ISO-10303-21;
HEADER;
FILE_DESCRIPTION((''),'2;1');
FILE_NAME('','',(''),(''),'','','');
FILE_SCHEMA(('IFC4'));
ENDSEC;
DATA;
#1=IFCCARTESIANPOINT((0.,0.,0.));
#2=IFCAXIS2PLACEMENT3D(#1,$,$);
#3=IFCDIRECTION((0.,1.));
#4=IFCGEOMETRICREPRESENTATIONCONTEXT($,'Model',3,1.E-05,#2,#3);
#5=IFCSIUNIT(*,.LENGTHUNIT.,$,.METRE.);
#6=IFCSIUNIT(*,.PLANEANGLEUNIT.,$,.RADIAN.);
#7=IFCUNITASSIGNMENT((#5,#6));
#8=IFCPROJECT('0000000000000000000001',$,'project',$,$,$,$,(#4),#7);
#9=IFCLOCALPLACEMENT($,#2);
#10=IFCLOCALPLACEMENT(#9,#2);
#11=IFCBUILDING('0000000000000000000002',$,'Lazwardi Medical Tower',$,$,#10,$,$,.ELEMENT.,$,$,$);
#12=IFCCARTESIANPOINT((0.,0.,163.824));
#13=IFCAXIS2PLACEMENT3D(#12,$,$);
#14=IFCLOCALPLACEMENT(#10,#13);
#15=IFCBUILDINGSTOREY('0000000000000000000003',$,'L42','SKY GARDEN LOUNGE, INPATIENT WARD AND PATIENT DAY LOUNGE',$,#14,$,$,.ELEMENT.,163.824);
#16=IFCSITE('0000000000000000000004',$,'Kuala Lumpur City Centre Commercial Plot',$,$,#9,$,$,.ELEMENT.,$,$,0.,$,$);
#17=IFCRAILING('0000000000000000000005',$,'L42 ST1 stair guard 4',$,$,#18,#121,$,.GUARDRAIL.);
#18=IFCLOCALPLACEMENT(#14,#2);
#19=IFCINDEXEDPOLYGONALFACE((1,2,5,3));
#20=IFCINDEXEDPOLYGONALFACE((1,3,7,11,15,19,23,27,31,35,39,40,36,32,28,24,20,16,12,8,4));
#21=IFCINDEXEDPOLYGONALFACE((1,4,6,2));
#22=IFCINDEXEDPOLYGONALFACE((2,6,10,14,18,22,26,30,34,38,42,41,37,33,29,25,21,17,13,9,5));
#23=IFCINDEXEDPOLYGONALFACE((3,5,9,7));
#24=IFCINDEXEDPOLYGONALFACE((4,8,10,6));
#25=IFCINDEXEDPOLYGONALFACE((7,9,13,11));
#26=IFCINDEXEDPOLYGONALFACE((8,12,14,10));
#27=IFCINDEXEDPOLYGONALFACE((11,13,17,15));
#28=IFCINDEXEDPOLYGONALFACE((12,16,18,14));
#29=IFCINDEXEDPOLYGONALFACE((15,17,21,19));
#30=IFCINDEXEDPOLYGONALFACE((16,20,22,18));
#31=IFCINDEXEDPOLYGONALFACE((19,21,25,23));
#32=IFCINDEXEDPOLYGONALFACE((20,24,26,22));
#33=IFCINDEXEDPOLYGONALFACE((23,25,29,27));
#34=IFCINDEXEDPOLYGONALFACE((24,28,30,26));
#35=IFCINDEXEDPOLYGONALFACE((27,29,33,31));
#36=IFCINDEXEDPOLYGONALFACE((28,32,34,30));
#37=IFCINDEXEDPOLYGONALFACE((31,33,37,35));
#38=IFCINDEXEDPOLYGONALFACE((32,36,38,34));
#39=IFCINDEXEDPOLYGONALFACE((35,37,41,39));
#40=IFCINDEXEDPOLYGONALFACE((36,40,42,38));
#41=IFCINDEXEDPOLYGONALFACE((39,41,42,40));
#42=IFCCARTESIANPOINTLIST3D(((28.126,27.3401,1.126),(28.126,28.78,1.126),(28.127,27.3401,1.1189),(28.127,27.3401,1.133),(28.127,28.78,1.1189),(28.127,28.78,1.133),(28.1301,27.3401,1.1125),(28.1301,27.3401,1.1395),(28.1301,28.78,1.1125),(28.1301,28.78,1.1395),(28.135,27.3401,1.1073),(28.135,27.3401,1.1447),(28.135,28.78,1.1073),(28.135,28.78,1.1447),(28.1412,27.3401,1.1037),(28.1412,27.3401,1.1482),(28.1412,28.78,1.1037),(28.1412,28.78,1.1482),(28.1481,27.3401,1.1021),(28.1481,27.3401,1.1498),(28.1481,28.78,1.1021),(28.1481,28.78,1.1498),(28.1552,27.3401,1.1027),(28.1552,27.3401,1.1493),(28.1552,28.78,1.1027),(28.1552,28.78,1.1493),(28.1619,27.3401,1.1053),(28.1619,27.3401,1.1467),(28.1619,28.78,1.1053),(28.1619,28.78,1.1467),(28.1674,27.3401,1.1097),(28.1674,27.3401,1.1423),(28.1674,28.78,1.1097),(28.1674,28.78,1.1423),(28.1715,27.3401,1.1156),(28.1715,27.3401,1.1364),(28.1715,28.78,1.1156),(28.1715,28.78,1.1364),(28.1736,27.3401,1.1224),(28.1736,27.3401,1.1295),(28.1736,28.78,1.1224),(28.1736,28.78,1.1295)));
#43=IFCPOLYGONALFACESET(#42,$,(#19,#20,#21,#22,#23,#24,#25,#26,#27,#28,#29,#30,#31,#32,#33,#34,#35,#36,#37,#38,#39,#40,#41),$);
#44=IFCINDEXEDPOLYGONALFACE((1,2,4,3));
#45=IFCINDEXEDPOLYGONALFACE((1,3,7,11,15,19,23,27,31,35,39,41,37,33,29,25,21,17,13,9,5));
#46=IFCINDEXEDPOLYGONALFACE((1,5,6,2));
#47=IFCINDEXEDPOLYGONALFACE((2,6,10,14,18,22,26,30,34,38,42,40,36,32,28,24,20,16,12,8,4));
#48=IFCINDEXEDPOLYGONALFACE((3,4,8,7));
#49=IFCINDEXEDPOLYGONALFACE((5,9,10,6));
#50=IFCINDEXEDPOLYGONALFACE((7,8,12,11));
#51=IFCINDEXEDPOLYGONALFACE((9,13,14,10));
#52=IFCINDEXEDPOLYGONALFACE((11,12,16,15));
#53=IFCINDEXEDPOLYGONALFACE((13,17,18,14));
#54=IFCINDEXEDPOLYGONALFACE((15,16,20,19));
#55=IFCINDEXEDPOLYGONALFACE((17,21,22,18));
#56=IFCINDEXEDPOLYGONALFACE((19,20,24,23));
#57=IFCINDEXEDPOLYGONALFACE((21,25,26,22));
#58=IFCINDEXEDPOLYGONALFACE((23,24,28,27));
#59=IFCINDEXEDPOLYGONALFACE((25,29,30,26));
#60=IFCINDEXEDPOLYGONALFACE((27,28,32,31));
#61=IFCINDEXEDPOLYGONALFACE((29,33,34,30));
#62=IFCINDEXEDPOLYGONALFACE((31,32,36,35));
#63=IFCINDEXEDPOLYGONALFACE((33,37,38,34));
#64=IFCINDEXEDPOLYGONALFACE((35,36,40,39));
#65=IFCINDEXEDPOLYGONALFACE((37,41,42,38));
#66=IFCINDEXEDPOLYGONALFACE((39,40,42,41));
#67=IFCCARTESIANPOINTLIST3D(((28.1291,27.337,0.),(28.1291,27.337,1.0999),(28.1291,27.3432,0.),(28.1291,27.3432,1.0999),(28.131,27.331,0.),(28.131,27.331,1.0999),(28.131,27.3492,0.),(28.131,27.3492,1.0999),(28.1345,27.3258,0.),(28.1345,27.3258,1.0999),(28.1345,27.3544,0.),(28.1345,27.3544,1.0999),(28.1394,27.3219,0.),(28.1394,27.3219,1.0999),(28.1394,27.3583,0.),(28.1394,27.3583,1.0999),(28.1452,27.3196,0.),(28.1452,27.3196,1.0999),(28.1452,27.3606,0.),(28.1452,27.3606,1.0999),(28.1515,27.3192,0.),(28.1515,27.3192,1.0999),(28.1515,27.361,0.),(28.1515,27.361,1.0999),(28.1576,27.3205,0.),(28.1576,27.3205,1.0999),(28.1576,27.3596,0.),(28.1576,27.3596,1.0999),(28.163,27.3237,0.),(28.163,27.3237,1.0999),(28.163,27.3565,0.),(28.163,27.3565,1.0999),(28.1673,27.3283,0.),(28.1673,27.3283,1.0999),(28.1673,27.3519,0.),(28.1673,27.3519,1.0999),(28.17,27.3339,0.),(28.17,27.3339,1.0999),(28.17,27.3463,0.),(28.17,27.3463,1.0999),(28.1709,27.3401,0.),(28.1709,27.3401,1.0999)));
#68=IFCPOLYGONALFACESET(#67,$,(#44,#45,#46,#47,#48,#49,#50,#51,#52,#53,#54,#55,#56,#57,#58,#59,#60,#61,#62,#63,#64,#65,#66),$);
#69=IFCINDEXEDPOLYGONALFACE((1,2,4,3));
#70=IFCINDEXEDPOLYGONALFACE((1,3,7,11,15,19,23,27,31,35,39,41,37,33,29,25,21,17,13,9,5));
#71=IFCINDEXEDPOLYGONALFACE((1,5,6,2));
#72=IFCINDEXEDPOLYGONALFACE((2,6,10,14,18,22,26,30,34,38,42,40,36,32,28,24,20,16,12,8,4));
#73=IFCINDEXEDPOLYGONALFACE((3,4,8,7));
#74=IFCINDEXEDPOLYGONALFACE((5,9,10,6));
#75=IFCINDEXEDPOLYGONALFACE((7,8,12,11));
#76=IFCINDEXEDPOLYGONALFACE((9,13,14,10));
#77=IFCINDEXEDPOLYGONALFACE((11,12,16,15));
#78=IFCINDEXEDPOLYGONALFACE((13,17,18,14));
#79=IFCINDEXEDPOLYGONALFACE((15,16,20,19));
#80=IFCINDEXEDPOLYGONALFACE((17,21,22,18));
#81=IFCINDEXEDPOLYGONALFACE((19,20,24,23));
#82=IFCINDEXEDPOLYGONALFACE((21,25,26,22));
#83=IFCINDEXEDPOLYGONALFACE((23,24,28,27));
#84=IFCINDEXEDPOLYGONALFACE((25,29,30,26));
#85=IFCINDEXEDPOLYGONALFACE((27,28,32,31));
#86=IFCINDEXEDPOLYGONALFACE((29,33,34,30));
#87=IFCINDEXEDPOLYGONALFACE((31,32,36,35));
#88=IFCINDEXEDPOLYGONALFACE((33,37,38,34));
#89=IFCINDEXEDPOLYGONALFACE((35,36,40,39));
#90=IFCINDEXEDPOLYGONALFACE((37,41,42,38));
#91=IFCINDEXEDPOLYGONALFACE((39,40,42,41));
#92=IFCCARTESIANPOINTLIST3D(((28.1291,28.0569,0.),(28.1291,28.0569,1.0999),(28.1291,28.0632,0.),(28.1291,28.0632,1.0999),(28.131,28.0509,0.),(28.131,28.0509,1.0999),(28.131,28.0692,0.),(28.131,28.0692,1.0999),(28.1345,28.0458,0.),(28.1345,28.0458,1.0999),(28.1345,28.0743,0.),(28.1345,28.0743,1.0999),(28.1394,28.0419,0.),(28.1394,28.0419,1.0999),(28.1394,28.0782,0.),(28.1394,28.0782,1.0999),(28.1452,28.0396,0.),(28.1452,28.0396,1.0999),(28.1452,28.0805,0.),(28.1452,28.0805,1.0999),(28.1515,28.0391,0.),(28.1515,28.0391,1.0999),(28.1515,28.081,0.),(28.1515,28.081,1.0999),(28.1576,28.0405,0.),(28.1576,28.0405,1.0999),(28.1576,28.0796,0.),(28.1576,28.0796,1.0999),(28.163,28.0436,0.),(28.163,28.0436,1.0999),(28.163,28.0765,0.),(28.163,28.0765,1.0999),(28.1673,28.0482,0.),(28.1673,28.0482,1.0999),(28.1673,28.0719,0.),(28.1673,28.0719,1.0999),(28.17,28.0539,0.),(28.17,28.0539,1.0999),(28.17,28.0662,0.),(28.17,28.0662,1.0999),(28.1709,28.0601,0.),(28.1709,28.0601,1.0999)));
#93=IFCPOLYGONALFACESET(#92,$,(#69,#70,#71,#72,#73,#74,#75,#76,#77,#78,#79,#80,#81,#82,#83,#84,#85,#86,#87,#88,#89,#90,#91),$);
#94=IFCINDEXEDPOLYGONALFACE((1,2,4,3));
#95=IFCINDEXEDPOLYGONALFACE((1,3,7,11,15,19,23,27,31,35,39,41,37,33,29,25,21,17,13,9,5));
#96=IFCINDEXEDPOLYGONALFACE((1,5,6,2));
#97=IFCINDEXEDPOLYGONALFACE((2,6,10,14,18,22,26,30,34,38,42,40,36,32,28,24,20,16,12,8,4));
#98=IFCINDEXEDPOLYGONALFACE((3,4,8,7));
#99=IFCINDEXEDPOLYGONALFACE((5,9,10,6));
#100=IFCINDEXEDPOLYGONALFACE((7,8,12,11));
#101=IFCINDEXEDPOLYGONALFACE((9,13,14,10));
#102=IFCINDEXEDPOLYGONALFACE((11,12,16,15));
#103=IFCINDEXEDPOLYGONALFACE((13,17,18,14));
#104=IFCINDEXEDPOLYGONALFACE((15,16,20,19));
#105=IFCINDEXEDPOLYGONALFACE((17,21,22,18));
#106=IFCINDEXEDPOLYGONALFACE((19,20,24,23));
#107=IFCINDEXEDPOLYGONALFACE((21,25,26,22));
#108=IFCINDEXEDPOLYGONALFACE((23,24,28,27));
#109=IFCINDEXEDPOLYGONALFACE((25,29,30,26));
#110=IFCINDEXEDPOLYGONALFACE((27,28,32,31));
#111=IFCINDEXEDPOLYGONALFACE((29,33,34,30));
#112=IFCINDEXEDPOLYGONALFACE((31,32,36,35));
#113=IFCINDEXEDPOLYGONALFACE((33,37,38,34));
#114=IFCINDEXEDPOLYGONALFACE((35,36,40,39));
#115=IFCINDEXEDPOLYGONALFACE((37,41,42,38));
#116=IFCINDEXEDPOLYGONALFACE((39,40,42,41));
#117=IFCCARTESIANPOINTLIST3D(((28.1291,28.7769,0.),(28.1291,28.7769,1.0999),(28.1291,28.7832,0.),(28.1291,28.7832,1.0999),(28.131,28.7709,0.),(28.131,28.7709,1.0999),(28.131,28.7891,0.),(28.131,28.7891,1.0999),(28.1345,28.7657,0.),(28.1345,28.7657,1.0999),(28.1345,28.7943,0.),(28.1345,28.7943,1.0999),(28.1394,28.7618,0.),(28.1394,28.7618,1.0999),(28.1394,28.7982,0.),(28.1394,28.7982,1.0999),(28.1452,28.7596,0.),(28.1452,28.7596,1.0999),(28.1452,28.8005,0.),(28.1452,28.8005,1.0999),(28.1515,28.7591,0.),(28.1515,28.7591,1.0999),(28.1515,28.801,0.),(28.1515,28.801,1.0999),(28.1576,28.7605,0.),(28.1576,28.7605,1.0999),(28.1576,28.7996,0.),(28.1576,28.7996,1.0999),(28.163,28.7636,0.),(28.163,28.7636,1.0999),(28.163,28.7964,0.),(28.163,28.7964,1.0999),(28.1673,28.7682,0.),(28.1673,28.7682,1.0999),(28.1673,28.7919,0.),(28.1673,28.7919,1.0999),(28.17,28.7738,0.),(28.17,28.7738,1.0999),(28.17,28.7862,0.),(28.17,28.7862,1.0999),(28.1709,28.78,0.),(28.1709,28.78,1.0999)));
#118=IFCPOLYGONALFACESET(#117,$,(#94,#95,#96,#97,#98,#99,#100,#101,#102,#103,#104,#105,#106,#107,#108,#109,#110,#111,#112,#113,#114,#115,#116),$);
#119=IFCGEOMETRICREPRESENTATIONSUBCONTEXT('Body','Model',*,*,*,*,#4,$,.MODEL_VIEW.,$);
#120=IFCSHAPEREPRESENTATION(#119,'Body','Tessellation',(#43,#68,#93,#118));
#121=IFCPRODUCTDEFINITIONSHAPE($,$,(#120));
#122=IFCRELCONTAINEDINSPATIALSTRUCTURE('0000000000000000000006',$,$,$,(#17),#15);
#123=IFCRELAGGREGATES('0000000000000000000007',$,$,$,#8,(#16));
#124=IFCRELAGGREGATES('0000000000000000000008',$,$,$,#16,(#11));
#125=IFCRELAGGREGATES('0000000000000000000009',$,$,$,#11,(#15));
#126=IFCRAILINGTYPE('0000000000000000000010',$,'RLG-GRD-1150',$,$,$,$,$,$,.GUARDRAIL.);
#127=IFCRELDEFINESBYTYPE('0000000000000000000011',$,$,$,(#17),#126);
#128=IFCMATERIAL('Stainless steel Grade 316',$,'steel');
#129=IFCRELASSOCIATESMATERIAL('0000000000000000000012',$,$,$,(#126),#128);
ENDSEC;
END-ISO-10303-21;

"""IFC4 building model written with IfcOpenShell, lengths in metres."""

from ifc_helpers import new_model, si_unit, direction, frame, origin, origin_2d, place, context, subcontext, project, spatial, circle, extrude, material, type_object, element, save


model = new_model("IFC4")

# Units and contexts
model_context = context("Model", 3, precision=1e-05, world=origin(), true_north=direction((0.0, 1.0)))
body_context = subcontext(model_context, "Body", "Model", "MODEL_VIEW")
ifc_project = project(units=[si_unit("LENGTHUNIT", "METRE"), si_unit("PLANEANGLEUNIT", "RADIAN")], contexts=[model_context])

# Site, building, storey
site_placement = place(None, origin())
site = spatial("IfcSite", under=ifc_project, at=site_placement, Name="Kuala Lumpur City Centre Commercial Plot", CompositionType="ELEMENT", RefElevation=0.0)
building_placement = place(site_placement, origin())
building = spatial("IfcBuilding", under=site, at=building_placement, Name="Lazwardi Medical Tower", CompositionType="ELEMENT")
storey_placement = place(building_placement, frame((0.0, 0.0, 163.824)))
storey = spatial("IfcBuildingStorey", under=building, at=storey_placement, Name="L42", Description="SKY GARDEN LOUNGE, INPATIENT WARD AND PATIENT DAY LOUNGE", CompositionType="ELEMENT", Elevation=163.824)

# Railing
ifc_material_1 = material(Name="Stainless steel Grade 316", Category="steel")
railing_type_1 = type_object("IfcRailingType", Name="RLG-GRD-1150", PredefinedType="GUARDRAIL", material=ifc_material_1)
railing_1_placement = place(storey_placement, frame((28.1499, 27.3401, 0.0)))
element("IfcRailing", 1, at=railing_1_placement, inside=storey, type_object=railing_type_1, Name="L42 ST1 stair guard 4", PredefinedType="GUARDRAIL", context=body_context, shape_type="SweptSolid", body=[
    extrude(circle(Radius=0.0239, at=origin_2d()), frame((0.0, 0.0, 1.126), z_axis=(0.0, 1.0, 0.0), x_axis=(-1.0, 0.0, 0.0)), (0.0, 0.0, 1.0), 1.4399),
    extrude(circle(Radius=0.021, at=origin_2d()), origin(), (0.0, 0.0, 1.0), 1.0999),
    extrude(circle(Radius=0.021, at=origin_2d()), frame((0.0, 0.72, 0.0)), (0.0, 0.0, 1.0), 1.0999),
    extrude(circle(Radius=0.021, at=origin_2d()), frame((0.0, 1.4399, 0.0)), (0.0, 0.0, 1.0), 1.0999),
])

save(model, "model.ifc")
